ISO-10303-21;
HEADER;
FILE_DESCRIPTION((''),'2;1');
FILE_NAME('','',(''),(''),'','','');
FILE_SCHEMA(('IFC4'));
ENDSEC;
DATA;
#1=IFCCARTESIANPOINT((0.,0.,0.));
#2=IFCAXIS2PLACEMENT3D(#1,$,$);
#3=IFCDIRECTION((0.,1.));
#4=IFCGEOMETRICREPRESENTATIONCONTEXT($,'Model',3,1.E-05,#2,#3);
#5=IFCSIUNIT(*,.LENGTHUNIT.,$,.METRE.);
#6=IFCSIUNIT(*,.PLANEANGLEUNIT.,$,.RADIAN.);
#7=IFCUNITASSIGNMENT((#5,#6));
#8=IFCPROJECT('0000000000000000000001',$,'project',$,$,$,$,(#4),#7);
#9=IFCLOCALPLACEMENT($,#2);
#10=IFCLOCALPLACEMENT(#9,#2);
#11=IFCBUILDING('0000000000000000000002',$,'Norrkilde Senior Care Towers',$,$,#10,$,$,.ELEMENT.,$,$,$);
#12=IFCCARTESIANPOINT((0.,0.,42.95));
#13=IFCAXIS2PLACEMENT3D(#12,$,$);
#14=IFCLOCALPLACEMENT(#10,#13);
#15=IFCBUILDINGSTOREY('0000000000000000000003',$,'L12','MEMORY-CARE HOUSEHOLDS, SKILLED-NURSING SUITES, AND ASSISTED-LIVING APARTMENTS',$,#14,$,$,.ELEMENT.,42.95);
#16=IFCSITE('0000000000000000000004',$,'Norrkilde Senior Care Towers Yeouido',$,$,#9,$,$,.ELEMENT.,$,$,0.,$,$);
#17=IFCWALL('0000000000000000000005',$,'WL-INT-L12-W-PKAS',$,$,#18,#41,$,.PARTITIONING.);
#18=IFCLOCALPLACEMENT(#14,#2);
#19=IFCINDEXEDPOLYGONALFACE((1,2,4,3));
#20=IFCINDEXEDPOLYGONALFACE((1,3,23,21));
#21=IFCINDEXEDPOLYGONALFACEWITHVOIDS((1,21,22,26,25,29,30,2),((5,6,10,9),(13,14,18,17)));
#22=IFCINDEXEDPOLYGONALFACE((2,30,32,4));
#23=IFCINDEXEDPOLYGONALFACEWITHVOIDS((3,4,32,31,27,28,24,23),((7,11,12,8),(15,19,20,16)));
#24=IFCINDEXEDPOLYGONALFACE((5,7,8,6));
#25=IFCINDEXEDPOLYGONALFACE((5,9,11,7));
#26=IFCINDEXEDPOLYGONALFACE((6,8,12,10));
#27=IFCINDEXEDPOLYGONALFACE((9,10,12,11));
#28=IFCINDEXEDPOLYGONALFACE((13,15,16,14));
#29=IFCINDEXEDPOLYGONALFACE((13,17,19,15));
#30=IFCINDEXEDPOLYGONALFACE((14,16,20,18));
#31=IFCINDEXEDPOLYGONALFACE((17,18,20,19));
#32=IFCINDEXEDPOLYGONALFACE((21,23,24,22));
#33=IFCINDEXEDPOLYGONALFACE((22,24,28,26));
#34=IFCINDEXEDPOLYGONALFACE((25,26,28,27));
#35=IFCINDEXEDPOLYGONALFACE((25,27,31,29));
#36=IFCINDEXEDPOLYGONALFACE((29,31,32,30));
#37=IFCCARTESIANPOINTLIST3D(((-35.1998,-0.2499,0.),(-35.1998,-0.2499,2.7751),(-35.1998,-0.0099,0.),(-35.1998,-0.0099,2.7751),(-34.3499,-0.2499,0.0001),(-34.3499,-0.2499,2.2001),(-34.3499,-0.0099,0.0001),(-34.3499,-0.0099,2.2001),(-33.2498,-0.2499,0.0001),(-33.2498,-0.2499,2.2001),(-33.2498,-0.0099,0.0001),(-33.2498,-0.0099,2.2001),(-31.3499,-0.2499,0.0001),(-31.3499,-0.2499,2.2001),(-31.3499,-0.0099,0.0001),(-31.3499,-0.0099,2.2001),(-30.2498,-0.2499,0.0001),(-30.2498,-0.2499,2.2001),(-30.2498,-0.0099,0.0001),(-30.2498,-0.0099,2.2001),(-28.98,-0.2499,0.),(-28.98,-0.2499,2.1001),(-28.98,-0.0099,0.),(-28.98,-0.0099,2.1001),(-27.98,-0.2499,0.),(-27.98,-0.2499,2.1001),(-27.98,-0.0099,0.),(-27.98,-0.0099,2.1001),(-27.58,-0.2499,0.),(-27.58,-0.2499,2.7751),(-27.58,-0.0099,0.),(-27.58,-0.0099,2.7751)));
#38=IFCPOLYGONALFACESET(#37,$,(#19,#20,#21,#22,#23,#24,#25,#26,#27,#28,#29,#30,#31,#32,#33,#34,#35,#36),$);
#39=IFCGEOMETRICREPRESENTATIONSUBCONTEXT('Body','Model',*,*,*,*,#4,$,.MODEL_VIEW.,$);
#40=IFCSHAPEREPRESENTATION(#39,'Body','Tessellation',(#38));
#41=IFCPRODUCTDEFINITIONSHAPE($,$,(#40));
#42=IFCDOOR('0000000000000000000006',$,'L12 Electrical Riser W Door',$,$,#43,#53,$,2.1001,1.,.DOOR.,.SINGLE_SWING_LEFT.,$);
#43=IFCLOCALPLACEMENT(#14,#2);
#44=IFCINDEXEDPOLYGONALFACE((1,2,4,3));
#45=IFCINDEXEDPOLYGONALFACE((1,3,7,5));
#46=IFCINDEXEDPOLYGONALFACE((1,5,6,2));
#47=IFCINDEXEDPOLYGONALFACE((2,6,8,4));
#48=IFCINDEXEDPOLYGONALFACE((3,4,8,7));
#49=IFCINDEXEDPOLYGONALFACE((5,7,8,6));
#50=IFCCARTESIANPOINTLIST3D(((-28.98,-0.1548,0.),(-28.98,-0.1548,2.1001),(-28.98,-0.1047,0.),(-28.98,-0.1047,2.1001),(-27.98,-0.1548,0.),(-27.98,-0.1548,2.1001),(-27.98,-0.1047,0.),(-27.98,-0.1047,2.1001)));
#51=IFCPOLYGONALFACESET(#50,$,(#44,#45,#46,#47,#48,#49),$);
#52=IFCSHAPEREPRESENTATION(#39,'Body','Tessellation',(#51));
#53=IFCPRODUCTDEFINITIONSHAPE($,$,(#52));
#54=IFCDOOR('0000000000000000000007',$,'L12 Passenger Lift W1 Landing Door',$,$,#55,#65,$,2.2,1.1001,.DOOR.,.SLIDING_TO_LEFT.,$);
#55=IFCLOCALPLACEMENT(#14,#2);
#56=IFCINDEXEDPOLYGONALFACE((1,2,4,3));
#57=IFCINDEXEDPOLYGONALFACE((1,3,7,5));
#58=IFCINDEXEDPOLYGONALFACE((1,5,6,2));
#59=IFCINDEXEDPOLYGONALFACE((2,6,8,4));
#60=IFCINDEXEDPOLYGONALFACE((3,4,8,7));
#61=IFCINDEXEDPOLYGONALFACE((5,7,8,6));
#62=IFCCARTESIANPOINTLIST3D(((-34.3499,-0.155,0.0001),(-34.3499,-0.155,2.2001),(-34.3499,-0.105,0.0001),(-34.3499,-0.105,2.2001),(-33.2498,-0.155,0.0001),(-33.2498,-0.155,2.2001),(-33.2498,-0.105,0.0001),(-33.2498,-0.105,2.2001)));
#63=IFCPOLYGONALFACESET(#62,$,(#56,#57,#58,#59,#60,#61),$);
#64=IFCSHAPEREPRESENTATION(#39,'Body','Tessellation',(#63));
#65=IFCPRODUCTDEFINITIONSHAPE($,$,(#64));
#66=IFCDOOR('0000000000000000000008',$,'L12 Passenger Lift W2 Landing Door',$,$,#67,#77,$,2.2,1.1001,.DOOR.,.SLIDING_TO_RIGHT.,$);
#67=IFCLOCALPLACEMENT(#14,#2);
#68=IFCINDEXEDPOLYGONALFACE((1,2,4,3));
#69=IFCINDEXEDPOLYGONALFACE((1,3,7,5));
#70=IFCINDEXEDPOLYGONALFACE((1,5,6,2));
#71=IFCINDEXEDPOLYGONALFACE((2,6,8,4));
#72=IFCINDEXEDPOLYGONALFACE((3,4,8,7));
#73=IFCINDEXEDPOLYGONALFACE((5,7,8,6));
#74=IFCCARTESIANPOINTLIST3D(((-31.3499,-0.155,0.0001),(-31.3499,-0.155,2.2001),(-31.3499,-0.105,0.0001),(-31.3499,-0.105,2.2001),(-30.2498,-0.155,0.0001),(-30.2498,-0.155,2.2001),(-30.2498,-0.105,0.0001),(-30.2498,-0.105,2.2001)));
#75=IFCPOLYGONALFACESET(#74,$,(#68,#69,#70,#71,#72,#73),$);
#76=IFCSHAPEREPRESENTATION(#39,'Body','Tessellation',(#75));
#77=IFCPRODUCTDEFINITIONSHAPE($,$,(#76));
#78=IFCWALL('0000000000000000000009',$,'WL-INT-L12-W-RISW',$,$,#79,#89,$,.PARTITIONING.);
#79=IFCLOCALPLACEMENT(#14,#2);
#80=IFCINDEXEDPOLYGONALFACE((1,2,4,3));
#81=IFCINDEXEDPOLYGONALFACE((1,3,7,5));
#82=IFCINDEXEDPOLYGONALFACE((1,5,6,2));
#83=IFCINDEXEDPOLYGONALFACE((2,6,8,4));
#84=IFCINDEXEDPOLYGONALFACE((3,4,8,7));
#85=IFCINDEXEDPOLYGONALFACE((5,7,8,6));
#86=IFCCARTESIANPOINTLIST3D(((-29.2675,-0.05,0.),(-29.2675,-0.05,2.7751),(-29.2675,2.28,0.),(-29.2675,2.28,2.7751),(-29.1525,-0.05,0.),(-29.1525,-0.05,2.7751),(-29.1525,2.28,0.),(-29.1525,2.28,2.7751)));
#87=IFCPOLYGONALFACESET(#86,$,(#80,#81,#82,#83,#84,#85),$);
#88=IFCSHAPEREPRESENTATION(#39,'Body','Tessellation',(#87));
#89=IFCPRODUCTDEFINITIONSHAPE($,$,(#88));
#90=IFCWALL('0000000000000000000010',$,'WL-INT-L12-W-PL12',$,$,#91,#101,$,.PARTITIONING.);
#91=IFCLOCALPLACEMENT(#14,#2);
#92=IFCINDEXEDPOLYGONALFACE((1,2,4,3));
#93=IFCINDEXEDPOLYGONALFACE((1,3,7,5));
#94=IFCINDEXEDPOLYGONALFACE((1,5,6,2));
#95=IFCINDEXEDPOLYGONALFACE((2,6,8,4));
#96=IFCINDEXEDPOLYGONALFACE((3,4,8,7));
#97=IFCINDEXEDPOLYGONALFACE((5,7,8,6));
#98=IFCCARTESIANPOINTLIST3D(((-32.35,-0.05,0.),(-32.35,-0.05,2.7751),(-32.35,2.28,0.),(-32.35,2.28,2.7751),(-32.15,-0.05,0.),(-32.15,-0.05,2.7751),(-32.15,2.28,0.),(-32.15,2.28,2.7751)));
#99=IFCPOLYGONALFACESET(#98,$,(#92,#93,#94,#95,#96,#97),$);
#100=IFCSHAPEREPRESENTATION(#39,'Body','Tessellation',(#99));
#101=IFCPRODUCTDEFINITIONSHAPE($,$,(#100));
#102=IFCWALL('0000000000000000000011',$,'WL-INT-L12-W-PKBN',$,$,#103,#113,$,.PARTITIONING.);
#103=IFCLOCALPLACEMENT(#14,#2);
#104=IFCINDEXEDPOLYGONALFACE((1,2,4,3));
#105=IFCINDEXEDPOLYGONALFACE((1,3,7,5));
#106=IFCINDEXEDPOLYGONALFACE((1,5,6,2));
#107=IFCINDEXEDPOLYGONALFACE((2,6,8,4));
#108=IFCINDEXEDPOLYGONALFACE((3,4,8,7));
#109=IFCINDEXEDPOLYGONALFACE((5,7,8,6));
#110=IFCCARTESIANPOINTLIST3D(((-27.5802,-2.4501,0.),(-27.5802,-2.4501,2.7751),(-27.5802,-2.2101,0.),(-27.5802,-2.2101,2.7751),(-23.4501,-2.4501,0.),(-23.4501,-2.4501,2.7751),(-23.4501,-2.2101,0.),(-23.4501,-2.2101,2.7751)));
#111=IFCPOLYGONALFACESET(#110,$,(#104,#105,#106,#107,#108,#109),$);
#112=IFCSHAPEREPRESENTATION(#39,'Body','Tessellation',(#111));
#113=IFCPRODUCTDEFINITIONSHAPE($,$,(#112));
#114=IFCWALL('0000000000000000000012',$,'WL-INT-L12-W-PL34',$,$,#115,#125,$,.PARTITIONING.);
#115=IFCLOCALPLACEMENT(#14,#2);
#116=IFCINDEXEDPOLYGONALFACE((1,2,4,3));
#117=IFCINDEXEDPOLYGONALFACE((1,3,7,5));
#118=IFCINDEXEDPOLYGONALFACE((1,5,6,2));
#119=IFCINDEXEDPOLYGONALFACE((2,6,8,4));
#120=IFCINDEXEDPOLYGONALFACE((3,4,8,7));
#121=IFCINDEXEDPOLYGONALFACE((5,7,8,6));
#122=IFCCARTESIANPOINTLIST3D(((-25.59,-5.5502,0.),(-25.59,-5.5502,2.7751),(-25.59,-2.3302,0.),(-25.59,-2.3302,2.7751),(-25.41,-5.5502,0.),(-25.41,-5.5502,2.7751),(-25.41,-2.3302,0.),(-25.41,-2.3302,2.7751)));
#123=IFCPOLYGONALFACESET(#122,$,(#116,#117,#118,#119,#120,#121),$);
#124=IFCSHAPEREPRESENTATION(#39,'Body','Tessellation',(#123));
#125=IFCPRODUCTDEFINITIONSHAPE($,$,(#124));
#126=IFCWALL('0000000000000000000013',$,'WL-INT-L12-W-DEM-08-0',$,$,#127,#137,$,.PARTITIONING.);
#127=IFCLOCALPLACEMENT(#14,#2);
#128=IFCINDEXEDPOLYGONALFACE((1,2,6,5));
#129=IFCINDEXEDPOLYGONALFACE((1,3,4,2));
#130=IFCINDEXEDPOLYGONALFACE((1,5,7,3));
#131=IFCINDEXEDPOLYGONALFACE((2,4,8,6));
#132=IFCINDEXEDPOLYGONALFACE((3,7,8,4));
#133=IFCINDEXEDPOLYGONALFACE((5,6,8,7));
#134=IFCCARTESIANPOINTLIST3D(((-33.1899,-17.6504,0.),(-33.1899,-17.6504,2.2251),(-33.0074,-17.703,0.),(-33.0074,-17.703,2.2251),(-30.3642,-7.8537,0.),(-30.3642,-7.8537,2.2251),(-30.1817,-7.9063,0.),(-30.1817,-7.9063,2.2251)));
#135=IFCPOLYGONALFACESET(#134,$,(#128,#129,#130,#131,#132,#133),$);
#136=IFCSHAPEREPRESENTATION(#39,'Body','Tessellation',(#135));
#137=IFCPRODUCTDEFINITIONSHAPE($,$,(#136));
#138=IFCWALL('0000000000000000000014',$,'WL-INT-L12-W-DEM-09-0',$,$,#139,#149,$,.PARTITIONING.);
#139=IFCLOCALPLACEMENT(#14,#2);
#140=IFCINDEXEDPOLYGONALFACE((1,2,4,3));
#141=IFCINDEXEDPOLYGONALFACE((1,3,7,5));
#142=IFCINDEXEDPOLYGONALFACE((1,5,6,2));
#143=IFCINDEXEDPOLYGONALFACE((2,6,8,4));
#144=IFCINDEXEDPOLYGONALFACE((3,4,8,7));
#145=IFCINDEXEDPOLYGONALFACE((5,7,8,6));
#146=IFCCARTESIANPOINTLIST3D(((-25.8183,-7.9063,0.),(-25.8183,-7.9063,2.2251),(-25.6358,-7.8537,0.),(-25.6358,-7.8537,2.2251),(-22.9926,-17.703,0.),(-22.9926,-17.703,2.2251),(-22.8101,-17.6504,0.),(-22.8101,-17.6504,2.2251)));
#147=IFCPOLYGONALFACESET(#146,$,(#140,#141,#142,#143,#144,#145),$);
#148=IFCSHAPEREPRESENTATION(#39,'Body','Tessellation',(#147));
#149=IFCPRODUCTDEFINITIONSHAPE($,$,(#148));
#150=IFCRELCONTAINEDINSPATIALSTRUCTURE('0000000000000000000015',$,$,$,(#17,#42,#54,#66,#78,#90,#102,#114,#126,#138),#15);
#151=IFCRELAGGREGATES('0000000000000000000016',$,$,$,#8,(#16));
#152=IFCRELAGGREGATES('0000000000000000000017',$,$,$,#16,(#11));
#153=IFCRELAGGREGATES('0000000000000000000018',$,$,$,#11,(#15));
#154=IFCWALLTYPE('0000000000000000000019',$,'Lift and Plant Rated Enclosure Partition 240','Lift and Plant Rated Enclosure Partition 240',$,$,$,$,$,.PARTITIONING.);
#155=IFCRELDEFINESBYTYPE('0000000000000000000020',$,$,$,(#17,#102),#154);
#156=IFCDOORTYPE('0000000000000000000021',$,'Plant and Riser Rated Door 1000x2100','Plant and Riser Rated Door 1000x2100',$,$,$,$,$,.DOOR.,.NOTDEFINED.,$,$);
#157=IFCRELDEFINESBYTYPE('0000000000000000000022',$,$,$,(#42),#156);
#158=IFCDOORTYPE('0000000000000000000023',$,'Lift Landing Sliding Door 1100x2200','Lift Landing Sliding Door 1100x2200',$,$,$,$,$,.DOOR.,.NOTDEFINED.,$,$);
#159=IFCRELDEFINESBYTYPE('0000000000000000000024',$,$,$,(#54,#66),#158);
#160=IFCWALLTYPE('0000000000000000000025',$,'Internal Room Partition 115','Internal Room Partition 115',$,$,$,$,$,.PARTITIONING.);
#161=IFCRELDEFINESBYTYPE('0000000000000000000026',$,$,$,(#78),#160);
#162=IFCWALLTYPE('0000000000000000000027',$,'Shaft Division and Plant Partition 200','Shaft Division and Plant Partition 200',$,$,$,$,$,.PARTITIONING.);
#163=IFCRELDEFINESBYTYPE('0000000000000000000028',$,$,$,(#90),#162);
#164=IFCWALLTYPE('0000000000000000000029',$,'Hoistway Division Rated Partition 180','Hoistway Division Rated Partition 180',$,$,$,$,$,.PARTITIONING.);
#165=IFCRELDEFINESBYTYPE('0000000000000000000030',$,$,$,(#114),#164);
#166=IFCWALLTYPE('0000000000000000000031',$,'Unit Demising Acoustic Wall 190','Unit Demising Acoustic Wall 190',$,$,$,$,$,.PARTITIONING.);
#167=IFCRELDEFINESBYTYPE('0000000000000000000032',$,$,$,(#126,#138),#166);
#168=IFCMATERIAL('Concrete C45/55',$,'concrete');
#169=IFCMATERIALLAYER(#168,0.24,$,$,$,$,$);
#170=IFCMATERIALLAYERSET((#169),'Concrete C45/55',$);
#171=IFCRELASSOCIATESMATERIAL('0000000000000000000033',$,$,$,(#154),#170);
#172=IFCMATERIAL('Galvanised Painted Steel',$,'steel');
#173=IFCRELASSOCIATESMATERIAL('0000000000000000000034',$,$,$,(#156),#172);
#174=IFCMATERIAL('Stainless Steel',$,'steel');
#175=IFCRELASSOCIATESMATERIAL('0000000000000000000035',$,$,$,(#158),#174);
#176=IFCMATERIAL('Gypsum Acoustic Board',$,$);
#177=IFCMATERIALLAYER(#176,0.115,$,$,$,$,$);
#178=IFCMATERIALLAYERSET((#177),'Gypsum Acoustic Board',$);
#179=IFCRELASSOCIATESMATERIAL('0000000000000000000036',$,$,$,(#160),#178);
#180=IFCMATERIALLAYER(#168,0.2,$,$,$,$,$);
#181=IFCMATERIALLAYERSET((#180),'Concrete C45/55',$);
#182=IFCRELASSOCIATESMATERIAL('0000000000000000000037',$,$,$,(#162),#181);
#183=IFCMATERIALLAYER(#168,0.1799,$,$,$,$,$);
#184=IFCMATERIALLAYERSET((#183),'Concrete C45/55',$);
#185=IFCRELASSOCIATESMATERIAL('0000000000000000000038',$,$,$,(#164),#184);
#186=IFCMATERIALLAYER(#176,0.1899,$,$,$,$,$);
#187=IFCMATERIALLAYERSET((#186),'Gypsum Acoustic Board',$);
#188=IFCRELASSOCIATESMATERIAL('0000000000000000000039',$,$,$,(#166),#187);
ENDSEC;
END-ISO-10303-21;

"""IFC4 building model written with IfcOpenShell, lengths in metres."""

from ifc_helpers import new_model, si_unit, direction, frame, frame_2d, origin, place, context, subcontext, project, spatial, rectangle, extrude, source, transform, mapped, material, layer, layer_set, type_object, type_shapes, element, fill, save


model = new_model("IFC4")

# Units and contexts
model_context = context("Model", 3, precision=1e-05, world=origin(), true_north=direction((0.0, 1.0)))
body_context = subcontext(model_context, "Body", "Model", "MODEL_VIEW")
ifc_project = project(units=[si_unit("LENGTHUNIT", "METRE"), si_unit("PLANEANGLEUNIT", "RADIAN")], contexts=[model_context])

# Site, building, storey
site_placement = place(None, origin())
site = spatial("IfcSite", under=ifc_project, at=site_placement, Name="Norrkilde Senior Care Towers Yeouido", CompositionType="ELEMENT", RefElevation=0.0)
building_placement = place(site_placement, origin())
building = spatial("IfcBuilding", under=site, at=building_placement, Name="Norrkilde Senior Care Towers", CompositionType="ELEMENT")
storey_placement = place(building_placement, frame((0.0, 0.0, 42.95)))
storey = spatial("IfcBuildingStorey", under=building, at=storey_placement, Name="L12", Description="MEMORY-CARE HOUSEHOLDS, SKILLED-NURSING SUITES, AND ASSISTED-LIVING APARTMENTS", CompositionType="ELEMENT", Elevation=42.95)

# Shared definitions
ifc_material_1 = material(Name="Concrete C45/55", Category="concrete")

# Shared definitions
ifc_material_2 = material(Name="Galvanised Painted Steel", Category="steel")

# Wall, openings, doors
ifc_layer_1 = layer(ifc_material_1, 0.24)
ifc_layer_set_1 = layer_set([ifc_layer_1], Name="Concrete C45/55")
wall_type_1 = type_object("IfcWallType", Name="Lift and Plant Rated Enclosure Partition 240", Description="Lift and Plant Rated Enclosure Partition 240", PredefinedType="PARTITIONING", material=ifc_layer_set_1)
shared_shape_1 = source(origin(), body_context, "Body", "SweptSolid", [
    extrude(rectangle(XDim=7.6199, YDim=0.24, at=frame_2d((3.8101, 0.0))), origin(), (0.0, 0.0, 1.0), 2.7751),
])
wall_1_placement = place(storey_placement, frame((-35.2, -0.1299, 0.0), z_axis=(0.0, 0.0, 1.0), x_axis=(1.0, 0.0, 0.0)))
wall_1 = element("IfcWall", 1, at=wall_1_placement, inside=storey, type_object=wall_type_1, Name="WL-INT-L12-W-PKAS", PredefinedType="PARTITIONING", context=body_context, shape_type="MappedRepresentation", body=[
    mapped(shared_shape_1, transform((0.0, 0.0, 0.0), x_axis=(1.0, 0.0, 0.0), y_axis=(0.0, 1.0, 0.0), z_axis=(0.0, 0.0, 1.0), scale=1.0)),
])
opening_1_placement = place(wall_1_placement, frame((6.22, 0.0, 0.0)))
opening_1 = element("IfcOpeningElement", 2, at=opening_1_placement, cuts=wall_1, PredefinedType="OPENING", context=body_context, shape_type="SweptSolid", body=[
    extrude(rectangle(XDim=1.0, YDim=2.1001, at=frame_2d((0.5, 1.05))), frame((0.0, 0.1299, 0.0), z_axis=(0.0, -1.0, 0.0), x_axis=(1.0, 0.0, 0.0)), (0.0, 0.0, 1.0), 0.26),
])
opening_2_placement = place(wall_1_placement, frame((0.8501, 0.0, 0.0)))
opening_2 = element("IfcOpeningElement", 3, at=opening_2_placement, cuts=wall_1, PredefinedType="OPENING", context=body_context, shape_type="SweptSolid", body=[
    extrude(rectangle(XDim=1.1001, YDim=2.2, at=frame_2d((0.55, 1.1001))), frame((0.0, 0.1299, 0.0), z_axis=(0.0, -1.0, 0.0), x_axis=(1.0, 0.0, 0.0)), (0.0, 0.0, 1.0), 0.26),
])
opening_3_placement = place(wall_1_placement, frame((3.8501, 0.0, 0.0)))
opening_3 = element("IfcOpeningElement", 4, at=opening_3_placement, cuts=wall_1, PredefinedType="OPENING", context=body_context, shape_type="SweptSolid", body=[
    extrude(rectangle(XDim=1.1001, YDim=2.2, at=frame_2d((0.55, 1.1001))), frame((0.0, 0.1299, 0.0), z_axis=(0.0, -1.0, 0.0), x_axis=(1.0, 0.0, 0.0)), (0.0, 0.0, 1.0), 0.26),
])
door_type_1 = type_object("IfcDoorType", Name="Plant and Riser Rated Door 1000x2100", Description="Plant and Riser Rated Door 1000x2100", OperationType="NOTDEFINED", PredefinedType="DOOR", material=ifc_material_2)
shared_shape_2 = source(origin(), body_context, "Body", "SweptSolid", [
    extrude(rectangle(XDim=1.0, YDim=2.1001, at=frame_2d((0.5, 1.05))), frame((0.0, 0.0249, 0.0), z_axis=(0.0, -1.0, 0.0), x_axis=(1.0, 0.0, 0.0)), (0.0, 0.0, 1.0), 0.05),
])
type_shapes(door_type_1, [shared_shape_2])
door_1_placement = place(opening_1_placement, frame((1.0, 0.0, 0.0), z_axis=(0.0, 0.0, 1.0), x_axis=(-1.0, 0.0, 0.0)))
door_1 = element("IfcDoor", 5, at=door_1_placement, inside=storey, type_object=door_type_1, Name="L12 Electrical Riser W Door", OperationType="SINGLE_SWING_LEFT", OverallHeight=2.1001, OverallWidth=1.0, PredefinedType="DOOR", context=body_context, shape_type="MappedRepresentation", body=[
    mapped(shared_shape_2, transform((0.0, 0.0, 0.0), x_axis=(1.0, 0.0, 0.0), y_axis=(0.0, 1.0, 0.0), z_axis=(0.0, 0.0, 1.0), scale=1.0)),
])
fill(opening_1, door_1)
ifc_material_3 = material(Name="Stainless Steel", Category="steel")
door_type_2 = type_object("IfcDoorType", Name="Lift Landing Sliding Door 1100x2200", Description="Lift Landing Sliding Door 1100x2200", OperationType="NOTDEFINED", PredefinedType="DOOR", material=ifc_material_3)
shared_shape_3 = source(origin(), body_context, "Body", "SweptSolid", [
    extrude(rectangle(XDim=1.1001, YDim=2.2, at=frame_2d((0.55, 1.1001))), frame((0.0, 0.0249, 0.0), z_axis=(0.0, -1.0, 0.0), x_axis=(1.0, 0.0, 0.0)), (0.0, 0.0, 1.0), 0.05),
])
type_shapes(door_type_2, [shared_shape_3])
door_2_placement = place(opening_2_placement, origin())
door_2 = element("IfcDoor", 6, at=door_2_placement, inside=storey, type_object=door_type_2, Name="L12 Passenger Lift W1 Landing Door", OperationType="SLIDING_TO_LEFT", OverallHeight=2.2, OverallWidth=1.1001, PredefinedType="DOOR", context=body_context, shape_type="MappedRepresentation", body=[
    mapped(shared_shape_3, transform((0.0, 0.0, 0.0), x_axis=(1.0, 0.0, 0.0), y_axis=(0.0, 1.0, 0.0), z_axis=(0.0, 0.0, 1.0), scale=1.0)),
])
fill(opening_2, door_2)
door_3_placement = place(opening_3_placement, origin())
door_3 = element("IfcDoor", 7, at=door_3_placement, inside=storey, type_object=door_type_2, Name="L12 Passenger Lift W2 Landing Door", OperationType="SLIDING_TO_RIGHT", OverallHeight=2.2, OverallWidth=1.1001, PredefinedType="DOOR", context=body_context, shape_type="MappedRepresentation", body=[
    mapped(shared_shape_3, transform((0.0, 0.0, 0.0), x_axis=(1.0, 0.0, 0.0), y_axis=(0.0, 1.0, 0.0), z_axis=(0.0, 0.0, 1.0), scale=1.0)),
])
fill(opening_3, door_3)

# Walls
ifc_material_4 = material(Name="Gypsum Acoustic Board")
ifc_layer_2 = layer(ifc_material_4, 0.115)
ifc_layer_set_2 = layer_set([ifc_layer_2], Name="Gypsum Acoustic Board")
wall_type_2 = type_object("IfcWallType", Name="Internal Room Partition 115", Description="Internal Room Partition 115", PredefinedType="PARTITIONING", material=ifc_layer_set_2)
shared_shape_4 = source(origin(), body_context, "Body", "SweptSolid", [
    extrude(rectangle(XDim=2.3301, YDim=0.115, at=frame_2d((1.165, 0.0))), origin(), (0.0, 0.0, 1.0), 2.7751),
])
type_shapes(wall_type_2, [shared_shape_4])
wall_2_placement = place(storey_placement, frame((-29.21, -0.05, 0.0), z_axis=(0.0, 0.0, 1.0), x_axis=(0.0, 1.0, 0.0)))
element("IfcWall", 8, at=wall_2_placement, inside=storey, type_object=wall_type_2, Name="WL-INT-L12-W-RISW", PredefinedType="PARTITIONING", context=body_context, shape_type="MappedRepresentation", body=[
    mapped(shared_shape_4, transform((0.0, 0.0, 0.0), x_axis=(1.0, 0.0, 0.0), y_axis=(0.0, 1.0, 0.0), z_axis=(0.0, 0.0, 1.0), scale=1.0)),
])
ifc_layer_3 = layer(ifc_material_1, 0.2)
ifc_layer_set_3 = layer_set([ifc_layer_3], Name="Concrete C45/55")
wall_type_3 = type_object("IfcWallType", Name="Shaft Division and Plant Partition 200", Description="Shaft Division and Plant Partition 200", PredefinedType="PARTITIONING", material=ifc_layer_set_3)
shared_shape_5 = source(origin(), body_context, "Body", "SweptSolid", [
    extrude(rectangle(XDim=2.3301, YDim=0.2, at=frame_2d((1.165, 0.0))), origin(), (0.0, 0.0, 1.0), 2.7751),
])
type_shapes(wall_type_3, [shared_shape_5])
wall_3_placement = place(storey_placement, frame((-32.25, -0.05, 0.0), z_axis=(0.0, 0.0, 1.0), x_axis=(0.0, 1.0, 0.0)))
element("IfcWall", 9, at=wall_3_placement, inside=storey, type_object=wall_type_3, Name="WL-INT-L12-W-PL12", PredefinedType="PARTITIONING", context=body_context, shape_type="MappedRepresentation", body=[
    mapped(shared_shape_5, transform((0.0, 0.0, 0.0), x_axis=(1.0, 0.0, 0.0), y_axis=(0.0, 1.0, 0.0), z_axis=(0.0, 0.0, 1.0), scale=1.0)),
])
shared_shape_6 = source(origin(), body_context, "Body", "SweptSolid", [
    extrude(rectangle(XDim=4.1301, YDim=0.24, at=frame_2d((2.0649, 0.0))), origin(), (0.0, 0.0, 1.0), 2.7751),
])
type_shapes(wall_type_1, [shared_shape_1, shared_shape_6])
wall_4_placement = place(storey_placement, frame((-27.5801, -2.3301, 0.0), z_axis=(0.0, 0.0, 1.0), x_axis=(1.0, 0.0, 0.0)))
element("IfcWall", 10, at=wall_4_placement, inside=storey, type_object=wall_type_1, Name="WL-INT-L12-W-PKBN", PredefinedType="PARTITIONING", context=body_context, shape_type="MappedRepresentation", body=[
    mapped(shared_shape_6, transform((0.0, 0.0, 0.0), x_axis=(1.0, 0.0, 0.0), y_axis=(0.0, 1.0, 0.0), z_axis=(0.0, 0.0, 1.0), scale=1.0)),
])
ifc_layer_4 = layer(ifc_material_1, 0.1799)
ifc_layer_set_4 = layer_set([ifc_layer_4], Name="Concrete C45/55")
wall_type_4 = type_object("IfcWallType", Name="Hoistway Division Rated Partition 180", Description="Hoistway Division Rated Partition 180", PredefinedType="PARTITIONING", material=ifc_layer_set_4)
shared_shape_7 = source(origin(), body_context, "Body", "SweptSolid", [
    extrude(rectangle(XDim=3.22, YDim=0.1799, at=frame_2d((1.6099, 0.0))), origin(), (0.0, 0.0, 1.0), 2.7751),
])
type_shapes(wall_type_4, [shared_shape_7])
wall_5_placement = place(storey_placement, frame((-25.5, -5.55, 0.0), z_axis=(0.0, 0.0, 1.0), x_axis=(0.0, 1.0, 0.0)))
element("IfcWall", 11, at=wall_5_placement, inside=storey, type_object=wall_type_4, Name="WL-INT-L12-W-PL34", PredefinedType="PARTITIONING", context=body_context, shape_type="MappedRepresentation", body=[
    mapped(shared_shape_7, transform((0.0, 0.0, 0.0), x_axis=(1.0, 0.0, 0.0), y_axis=(0.0, 1.0, 0.0), z_axis=(0.0, 0.0, 1.0), scale=1.0)),
])
ifc_layer_5 = layer(ifc_material_4, 0.1899)
ifc_layer_set_5 = layer_set([ifc_layer_5], Name="Gypsum Acoustic Board")
wall_type_5 = type_object("IfcWallType", Name="Unit Demising Acoustic Wall 190", Description="Unit Demising Acoustic Wall 190", PredefinedType="PARTITIONING", material=ifc_layer_set_5)
shared_shape_8 = source(origin(), body_context, "Body", "SweptSolid", [
    extrude(rectangle(XDim=10.196, YDim=0.1899, at=frame_2d((5.0981, 0.0))), origin(), (0.0, 0.0, 1.0), 2.2251),
])
for number, where, z_axis, x_axis, name in (
    (12, (-30.2729, -7.8799, 0.0), (0.0, 0.0, 1.0), (-0.277136, -0.960831, 0.0), "WL-INT-L12-W-DEM-08-0"),
    (13, (-25.7271, -7.8799, 0.0), (0.0, 0.0, 1.0), (0.277136, -0.960831, 0.0), "WL-INT-L12-W-DEM-09-0"),
):
    element("IfcWall", number, at=place(storey_placement, frame(where, z_axis=z_axis, x_axis=x_axis)), inside=storey, type_object=wall_type_5, Name=name, PredefinedType="PARTITIONING", context=body_context, shape_type="MappedRepresentation", body=[
        mapped(shared_shape_8, transform((0.0, 0.0, 0.0), x_axis=(1.0, 0.0, 0.0), y_axis=(0.0, 1.0, 0.0), z_axis=(0.0, 0.0, 1.0), scale=1.0)),
    ])

save(model, "model.ifc")
